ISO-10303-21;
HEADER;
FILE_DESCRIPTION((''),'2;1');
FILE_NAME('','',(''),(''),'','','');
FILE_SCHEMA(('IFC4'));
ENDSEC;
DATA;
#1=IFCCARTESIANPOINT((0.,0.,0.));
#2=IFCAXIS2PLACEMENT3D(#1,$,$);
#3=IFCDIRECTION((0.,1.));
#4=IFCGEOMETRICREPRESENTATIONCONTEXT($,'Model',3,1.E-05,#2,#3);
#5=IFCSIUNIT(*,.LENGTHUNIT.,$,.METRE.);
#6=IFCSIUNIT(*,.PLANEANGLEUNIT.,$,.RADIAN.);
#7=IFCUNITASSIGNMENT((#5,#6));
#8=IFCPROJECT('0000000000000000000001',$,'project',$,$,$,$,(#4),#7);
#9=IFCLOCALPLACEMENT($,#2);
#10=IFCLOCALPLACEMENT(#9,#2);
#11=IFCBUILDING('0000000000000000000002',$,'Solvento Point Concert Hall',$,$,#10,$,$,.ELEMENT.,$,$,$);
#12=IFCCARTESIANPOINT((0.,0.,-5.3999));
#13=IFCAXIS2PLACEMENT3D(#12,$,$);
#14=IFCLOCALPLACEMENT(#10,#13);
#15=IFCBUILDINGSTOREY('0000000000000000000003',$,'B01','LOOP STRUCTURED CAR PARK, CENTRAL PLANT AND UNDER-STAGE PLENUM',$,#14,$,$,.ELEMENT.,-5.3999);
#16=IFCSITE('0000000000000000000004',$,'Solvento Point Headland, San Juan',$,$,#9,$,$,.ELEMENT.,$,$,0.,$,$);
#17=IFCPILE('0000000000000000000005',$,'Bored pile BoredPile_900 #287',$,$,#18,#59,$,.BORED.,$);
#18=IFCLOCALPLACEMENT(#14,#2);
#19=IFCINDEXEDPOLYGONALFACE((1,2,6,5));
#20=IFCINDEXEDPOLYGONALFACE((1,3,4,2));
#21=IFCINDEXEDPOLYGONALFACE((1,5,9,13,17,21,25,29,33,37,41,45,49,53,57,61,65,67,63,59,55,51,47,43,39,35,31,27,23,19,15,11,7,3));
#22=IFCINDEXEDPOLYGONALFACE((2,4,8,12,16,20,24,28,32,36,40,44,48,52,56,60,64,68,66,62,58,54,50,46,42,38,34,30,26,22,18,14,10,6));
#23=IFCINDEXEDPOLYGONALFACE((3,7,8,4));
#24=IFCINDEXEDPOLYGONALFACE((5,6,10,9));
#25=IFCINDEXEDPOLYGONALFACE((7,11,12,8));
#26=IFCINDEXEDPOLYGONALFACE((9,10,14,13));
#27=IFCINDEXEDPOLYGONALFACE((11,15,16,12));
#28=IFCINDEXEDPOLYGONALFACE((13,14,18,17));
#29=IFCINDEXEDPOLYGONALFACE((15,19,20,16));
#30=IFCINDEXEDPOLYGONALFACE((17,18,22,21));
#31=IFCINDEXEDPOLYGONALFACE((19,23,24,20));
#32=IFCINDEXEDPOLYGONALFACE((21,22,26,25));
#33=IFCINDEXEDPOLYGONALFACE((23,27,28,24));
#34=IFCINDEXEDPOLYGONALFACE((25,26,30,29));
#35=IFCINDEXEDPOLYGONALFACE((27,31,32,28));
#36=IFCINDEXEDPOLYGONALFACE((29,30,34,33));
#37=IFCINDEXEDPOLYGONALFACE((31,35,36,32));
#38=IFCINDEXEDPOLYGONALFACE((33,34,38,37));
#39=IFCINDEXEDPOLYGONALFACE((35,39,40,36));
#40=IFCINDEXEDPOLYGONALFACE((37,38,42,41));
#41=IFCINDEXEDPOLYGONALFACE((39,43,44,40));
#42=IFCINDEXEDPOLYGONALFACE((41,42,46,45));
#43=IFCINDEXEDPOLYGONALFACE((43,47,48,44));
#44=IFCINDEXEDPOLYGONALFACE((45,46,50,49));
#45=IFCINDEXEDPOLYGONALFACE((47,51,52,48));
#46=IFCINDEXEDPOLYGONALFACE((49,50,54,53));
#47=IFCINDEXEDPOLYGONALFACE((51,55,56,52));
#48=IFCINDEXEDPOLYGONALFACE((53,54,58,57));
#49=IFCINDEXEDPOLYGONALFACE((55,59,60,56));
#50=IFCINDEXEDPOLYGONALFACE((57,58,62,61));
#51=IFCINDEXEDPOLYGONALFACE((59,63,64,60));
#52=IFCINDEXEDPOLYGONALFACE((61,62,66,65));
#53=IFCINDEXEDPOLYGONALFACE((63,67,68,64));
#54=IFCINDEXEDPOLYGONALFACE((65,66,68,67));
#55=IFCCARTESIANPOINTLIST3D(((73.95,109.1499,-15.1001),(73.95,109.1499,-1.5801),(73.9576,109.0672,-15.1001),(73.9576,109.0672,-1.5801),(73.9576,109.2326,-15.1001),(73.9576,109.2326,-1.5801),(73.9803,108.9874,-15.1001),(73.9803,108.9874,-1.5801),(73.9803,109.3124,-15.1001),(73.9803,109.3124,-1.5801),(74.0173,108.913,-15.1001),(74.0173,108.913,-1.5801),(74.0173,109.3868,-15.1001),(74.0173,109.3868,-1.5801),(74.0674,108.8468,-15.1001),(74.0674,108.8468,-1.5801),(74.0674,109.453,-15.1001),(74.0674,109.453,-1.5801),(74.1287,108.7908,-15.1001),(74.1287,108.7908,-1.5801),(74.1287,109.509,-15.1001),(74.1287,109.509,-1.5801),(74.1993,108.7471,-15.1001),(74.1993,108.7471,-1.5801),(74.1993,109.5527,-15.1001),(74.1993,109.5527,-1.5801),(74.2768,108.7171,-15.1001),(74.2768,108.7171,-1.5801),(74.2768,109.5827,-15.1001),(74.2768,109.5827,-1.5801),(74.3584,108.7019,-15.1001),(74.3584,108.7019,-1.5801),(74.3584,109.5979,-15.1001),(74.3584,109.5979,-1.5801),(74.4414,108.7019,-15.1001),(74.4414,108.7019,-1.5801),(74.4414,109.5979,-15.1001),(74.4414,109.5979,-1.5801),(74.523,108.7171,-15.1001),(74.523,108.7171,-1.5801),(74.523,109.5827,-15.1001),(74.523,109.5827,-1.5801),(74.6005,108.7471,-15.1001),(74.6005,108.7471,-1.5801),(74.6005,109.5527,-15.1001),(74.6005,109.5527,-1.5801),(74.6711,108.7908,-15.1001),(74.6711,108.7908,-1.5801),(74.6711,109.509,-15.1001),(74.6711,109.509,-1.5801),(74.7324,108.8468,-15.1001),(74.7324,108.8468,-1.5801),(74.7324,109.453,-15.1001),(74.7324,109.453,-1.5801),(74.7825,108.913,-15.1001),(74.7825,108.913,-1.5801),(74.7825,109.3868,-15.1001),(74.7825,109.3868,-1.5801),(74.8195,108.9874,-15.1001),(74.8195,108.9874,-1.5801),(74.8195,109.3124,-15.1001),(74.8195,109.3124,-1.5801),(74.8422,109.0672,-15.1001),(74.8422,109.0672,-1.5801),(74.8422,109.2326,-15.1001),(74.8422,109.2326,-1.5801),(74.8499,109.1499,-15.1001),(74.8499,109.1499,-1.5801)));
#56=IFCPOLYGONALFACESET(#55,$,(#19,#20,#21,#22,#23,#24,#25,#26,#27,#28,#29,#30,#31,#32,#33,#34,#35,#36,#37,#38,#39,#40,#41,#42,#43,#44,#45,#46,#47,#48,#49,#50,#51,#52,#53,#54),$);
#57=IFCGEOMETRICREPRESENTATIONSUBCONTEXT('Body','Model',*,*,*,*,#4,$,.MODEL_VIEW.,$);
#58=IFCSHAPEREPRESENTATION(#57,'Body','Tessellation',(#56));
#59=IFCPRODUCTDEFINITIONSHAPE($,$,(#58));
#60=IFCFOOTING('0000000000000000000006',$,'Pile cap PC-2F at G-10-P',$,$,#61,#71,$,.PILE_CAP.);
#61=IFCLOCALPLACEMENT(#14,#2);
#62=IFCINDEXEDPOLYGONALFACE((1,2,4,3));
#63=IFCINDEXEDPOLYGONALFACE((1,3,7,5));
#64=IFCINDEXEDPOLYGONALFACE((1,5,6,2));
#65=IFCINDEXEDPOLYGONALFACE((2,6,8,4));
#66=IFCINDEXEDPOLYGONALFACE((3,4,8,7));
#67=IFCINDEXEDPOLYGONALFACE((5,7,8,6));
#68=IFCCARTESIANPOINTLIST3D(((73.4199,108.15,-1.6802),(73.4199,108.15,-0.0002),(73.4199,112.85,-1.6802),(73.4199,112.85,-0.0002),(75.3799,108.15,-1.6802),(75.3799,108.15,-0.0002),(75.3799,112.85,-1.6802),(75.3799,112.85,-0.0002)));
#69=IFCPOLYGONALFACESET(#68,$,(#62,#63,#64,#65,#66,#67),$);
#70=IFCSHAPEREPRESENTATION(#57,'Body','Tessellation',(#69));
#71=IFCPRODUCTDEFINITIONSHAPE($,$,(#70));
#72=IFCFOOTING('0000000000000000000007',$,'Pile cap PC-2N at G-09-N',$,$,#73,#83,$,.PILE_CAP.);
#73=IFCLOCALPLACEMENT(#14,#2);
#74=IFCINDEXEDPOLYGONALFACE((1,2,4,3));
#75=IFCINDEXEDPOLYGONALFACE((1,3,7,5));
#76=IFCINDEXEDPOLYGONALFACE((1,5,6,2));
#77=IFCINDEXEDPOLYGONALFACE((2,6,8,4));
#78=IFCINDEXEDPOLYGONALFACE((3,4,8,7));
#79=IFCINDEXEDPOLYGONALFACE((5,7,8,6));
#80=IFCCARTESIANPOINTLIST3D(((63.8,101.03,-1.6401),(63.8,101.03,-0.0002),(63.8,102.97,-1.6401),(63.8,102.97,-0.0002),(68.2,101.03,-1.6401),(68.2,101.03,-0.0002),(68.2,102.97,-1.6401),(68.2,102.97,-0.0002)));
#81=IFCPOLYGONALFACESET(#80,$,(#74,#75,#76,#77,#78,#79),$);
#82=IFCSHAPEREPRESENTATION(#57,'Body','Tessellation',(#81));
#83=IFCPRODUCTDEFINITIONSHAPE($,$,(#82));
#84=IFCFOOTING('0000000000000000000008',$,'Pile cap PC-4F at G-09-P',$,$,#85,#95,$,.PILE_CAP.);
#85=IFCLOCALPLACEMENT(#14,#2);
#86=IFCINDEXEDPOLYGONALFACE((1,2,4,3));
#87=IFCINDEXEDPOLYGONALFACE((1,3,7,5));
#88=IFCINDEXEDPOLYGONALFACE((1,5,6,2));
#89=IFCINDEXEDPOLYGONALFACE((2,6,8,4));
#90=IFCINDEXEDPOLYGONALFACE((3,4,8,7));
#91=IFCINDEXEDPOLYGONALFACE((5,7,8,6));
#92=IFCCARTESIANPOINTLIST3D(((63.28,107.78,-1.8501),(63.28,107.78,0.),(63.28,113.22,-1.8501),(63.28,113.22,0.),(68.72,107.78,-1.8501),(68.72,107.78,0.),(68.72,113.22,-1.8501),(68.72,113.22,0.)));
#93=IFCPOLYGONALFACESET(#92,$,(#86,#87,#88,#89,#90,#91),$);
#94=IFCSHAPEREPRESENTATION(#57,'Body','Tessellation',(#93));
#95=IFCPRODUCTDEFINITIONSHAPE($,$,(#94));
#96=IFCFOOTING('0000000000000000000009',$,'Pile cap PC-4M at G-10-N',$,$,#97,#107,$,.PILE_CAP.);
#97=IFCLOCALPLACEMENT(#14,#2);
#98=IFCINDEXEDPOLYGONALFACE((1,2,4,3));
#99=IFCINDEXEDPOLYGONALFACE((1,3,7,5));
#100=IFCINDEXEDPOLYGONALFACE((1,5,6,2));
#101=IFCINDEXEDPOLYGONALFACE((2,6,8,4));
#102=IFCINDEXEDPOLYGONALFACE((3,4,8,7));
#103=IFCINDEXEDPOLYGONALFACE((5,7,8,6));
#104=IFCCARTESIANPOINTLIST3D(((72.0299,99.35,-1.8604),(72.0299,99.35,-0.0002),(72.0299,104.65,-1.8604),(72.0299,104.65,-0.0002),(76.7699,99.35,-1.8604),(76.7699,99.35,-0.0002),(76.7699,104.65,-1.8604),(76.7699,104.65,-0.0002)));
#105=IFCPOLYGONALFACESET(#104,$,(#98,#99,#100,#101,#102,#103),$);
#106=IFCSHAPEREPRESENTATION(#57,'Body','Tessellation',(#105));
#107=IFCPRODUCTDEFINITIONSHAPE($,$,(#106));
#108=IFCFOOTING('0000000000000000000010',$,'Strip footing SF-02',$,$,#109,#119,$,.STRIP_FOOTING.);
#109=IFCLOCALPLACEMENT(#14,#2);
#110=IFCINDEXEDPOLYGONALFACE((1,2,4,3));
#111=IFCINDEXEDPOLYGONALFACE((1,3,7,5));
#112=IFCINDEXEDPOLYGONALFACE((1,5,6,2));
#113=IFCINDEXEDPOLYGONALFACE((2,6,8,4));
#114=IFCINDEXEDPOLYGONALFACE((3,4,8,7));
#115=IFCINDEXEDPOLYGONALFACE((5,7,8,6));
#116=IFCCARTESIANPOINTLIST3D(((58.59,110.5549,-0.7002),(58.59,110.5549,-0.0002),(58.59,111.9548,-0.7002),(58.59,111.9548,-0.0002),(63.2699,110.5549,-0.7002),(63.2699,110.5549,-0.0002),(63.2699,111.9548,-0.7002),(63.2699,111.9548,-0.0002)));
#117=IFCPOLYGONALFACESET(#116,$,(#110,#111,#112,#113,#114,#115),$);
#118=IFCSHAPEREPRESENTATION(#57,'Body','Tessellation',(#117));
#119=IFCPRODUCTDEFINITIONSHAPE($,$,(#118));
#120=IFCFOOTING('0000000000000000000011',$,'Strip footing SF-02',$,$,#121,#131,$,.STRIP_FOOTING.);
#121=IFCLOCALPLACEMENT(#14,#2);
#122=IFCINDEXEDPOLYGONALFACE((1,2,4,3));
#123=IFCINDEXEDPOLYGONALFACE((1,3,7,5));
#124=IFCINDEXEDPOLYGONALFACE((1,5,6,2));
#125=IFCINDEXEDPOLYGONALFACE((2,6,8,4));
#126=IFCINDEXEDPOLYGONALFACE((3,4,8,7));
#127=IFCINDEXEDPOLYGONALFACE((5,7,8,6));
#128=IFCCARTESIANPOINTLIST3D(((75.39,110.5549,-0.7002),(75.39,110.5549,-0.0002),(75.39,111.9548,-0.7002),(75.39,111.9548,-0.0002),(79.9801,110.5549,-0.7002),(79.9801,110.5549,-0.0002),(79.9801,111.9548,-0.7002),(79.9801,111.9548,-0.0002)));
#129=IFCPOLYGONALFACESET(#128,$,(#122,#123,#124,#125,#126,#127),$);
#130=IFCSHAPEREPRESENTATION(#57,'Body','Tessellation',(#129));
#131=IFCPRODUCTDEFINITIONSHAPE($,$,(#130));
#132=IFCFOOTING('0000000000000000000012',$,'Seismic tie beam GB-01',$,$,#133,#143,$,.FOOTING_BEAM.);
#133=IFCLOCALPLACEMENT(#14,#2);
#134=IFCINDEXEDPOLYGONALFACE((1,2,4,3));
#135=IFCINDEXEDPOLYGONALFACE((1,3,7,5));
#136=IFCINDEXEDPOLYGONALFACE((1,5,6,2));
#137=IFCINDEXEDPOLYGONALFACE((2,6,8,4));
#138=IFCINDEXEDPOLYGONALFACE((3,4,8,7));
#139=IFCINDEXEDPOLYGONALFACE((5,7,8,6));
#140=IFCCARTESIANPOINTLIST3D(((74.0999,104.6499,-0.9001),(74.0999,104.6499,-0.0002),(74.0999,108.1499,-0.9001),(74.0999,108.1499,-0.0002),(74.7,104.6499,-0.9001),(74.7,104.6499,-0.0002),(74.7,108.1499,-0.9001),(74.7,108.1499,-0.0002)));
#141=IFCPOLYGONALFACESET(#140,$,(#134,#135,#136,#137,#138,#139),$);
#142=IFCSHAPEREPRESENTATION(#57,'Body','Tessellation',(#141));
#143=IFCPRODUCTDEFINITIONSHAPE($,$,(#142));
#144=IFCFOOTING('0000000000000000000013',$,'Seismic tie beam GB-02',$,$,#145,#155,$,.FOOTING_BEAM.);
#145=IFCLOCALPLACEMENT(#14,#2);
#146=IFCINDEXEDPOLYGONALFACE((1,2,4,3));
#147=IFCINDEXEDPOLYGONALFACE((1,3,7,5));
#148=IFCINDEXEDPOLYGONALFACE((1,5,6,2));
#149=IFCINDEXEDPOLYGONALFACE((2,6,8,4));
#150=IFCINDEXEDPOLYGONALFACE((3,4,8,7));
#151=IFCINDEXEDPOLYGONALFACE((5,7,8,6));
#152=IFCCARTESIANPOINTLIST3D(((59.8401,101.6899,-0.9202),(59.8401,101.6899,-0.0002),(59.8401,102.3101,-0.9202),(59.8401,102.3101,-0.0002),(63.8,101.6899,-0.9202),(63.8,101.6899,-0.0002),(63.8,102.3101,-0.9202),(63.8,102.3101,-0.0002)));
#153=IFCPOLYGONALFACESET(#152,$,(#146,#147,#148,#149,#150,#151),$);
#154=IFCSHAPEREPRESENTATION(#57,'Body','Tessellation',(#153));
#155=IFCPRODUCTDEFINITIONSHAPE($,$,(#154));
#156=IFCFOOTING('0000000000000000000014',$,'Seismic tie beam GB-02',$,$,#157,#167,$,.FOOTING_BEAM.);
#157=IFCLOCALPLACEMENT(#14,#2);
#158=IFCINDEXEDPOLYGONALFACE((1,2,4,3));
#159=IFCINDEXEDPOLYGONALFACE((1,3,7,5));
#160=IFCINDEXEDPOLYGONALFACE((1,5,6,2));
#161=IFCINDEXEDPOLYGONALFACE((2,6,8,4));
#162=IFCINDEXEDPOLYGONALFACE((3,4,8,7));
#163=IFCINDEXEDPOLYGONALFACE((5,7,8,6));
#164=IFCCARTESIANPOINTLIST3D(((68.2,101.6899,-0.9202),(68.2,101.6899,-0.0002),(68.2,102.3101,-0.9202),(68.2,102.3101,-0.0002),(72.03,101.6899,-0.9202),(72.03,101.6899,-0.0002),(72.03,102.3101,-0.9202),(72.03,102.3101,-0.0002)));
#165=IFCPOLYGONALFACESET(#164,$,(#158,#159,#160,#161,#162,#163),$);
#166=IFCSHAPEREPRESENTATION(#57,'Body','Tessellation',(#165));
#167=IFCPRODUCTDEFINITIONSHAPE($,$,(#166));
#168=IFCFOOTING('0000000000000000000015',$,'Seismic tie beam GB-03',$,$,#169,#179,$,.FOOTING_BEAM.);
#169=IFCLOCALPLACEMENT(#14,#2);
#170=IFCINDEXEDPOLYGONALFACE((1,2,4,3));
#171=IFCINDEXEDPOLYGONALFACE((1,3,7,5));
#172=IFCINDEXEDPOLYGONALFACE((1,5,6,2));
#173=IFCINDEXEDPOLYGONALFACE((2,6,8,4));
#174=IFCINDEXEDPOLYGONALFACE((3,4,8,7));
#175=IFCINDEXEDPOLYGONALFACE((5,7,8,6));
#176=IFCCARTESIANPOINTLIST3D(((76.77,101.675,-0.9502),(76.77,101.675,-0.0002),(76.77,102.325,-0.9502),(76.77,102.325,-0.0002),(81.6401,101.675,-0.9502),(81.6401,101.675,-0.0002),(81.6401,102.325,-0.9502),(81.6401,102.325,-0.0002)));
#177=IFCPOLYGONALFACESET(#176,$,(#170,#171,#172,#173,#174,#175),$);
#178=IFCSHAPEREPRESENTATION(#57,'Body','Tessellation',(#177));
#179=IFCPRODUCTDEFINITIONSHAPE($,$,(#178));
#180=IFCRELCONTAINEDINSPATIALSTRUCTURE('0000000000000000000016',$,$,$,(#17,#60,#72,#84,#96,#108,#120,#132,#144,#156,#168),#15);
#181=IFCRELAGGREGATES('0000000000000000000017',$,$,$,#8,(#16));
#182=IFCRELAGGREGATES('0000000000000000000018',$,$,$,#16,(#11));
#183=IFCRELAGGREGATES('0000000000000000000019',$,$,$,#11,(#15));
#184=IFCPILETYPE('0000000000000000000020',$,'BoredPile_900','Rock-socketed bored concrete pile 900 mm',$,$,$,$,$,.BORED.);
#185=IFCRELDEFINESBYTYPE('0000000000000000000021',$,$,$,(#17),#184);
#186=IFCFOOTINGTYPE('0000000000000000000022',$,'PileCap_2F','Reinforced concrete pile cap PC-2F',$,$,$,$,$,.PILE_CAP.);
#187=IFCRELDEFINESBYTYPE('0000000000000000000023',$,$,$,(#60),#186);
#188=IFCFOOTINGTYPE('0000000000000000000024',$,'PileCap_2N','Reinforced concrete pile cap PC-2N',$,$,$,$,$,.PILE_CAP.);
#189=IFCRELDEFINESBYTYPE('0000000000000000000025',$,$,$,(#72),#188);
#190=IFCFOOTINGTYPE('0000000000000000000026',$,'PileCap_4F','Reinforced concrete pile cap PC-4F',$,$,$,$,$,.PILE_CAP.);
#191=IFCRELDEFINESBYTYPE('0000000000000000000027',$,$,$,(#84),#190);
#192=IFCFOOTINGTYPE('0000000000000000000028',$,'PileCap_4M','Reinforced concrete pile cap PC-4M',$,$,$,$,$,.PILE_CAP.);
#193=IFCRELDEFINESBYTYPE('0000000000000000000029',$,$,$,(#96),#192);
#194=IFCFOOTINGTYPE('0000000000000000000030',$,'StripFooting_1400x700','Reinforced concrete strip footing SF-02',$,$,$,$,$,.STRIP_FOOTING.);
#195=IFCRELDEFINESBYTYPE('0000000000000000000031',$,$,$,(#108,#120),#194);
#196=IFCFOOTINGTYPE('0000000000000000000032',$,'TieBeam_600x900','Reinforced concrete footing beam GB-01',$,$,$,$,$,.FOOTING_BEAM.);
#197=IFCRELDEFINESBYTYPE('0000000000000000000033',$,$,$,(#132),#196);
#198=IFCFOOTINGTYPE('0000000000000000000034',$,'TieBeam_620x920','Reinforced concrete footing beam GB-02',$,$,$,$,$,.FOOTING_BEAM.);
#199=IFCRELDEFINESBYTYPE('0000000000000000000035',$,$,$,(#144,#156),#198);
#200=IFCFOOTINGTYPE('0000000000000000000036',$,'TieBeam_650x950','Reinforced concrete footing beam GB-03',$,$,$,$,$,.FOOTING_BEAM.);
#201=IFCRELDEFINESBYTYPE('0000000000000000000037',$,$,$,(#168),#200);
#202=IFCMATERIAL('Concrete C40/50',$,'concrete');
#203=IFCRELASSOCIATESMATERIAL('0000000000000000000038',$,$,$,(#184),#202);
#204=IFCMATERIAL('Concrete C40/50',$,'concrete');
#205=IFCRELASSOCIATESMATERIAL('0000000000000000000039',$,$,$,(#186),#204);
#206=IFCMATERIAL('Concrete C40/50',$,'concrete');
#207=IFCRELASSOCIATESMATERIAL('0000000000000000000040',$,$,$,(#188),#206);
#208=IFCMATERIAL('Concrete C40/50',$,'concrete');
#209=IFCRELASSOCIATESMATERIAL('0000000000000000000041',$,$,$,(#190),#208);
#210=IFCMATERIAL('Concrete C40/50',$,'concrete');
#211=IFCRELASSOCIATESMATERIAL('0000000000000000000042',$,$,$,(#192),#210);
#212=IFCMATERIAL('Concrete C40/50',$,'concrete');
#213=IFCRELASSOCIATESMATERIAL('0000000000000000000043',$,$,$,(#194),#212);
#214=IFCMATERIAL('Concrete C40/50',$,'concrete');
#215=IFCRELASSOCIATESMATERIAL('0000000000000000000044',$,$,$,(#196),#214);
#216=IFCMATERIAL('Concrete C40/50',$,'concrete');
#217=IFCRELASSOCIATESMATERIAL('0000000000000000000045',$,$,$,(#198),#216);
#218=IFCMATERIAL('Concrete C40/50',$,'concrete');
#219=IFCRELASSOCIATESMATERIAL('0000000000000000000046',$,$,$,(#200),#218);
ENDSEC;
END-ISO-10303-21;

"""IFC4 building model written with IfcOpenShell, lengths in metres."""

from ifc_helpers import new_model, si_unit, direction, frame, origin, origin_2d, place, context, subcontext, project, spatial, rectangle, circle, extrude, material, material_profile, profile_set, type_object, element, save


model = new_model("IFC4")

# Units and contexts
model_context = context("Model", 3, precision=1e-05, world=origin(), true_north=direction((0.0, 1.0)))
body_context = subcontext(model_context, "Body", "Model", "MODEL_VIEW")
ifc_project = project(units=[si_unit("LENGTHUNIT", "METRE"), si_unit("PLANEANGLEUNIT", "RADIAN")], contexts=[model_context])

# Site, building, storey
site_placement = place(None, origin())
site = spatial("IfcSite", under=ifc_project, at=site_placement, Name="Solvento Point Headland, San Juan", CompositionType="ELEMENT", RefElevation=0.0)
building_placement = place(site_placement, origin())
building = spatial("IfcBuilding", under=site, at=building_placement, Name="Solvento Point Concert Hall", CompositionType="ELEMENT")
storey_placement = place(building_placement, frame((0.0, 0.0, -5.3999)))
storey = spatial("IfcBuildingStorey", under=building, at=storey_placement, Name="B01", Description="LOOP STRUCTURED CAR PARK, CENTRAL PLANT AND UNDER-STAGE PLENUM", CompositionType="ELEMENT", Elevation=-5.3999)

# Pile
ifc_material_1 = material(Name="Concrete C40/50", Category="concrete")
ifc_material_profile_1 = material_profile(ifc_material_1, circle(Radius=0.45, at=origin_2d()), Name="BP-900")
ifc_profile_set_1 = profile_set([ifc_material_profile_1], Name="Concrete C40/50")
pile_type_1 = type_object("IfcPileType", Name="BoredPile_900", Description="Rock-socketed bored concrete pile 900 mm", PredefinedType="BORED", material=ifc_profile_set_1)
pile_1_placement = place(storey_placement, frame((74.3999, 109.1499, -1.5801), z_axis=(0.0, 0.0, -1.0), x_axis=(1.0, 0.0, 0.0)))
element("IfcPile", 1, at=pile_1_placement, inside=storey, type_object=pile_type_1, Name="Bored pile BoredPile_900 #287", PredefinedType="BORED", context=body_context, shape_type="SweptSolid", body=[
    extrude(circle(Radius=0.45, at=origin_2d()), origin(), (0.0, 0.0, 1.0), 13.52),
])

# Footings
ifc_material_2 = material(Name="Concrete C40/50", Category="concrete")
footing_type_1 = type_object("IfcFootingType", Name="PileCap_2F", Description="Reinforced concrete pile cap PC-2F", PredefinedType="PILE_CAP", material=ifc_material_2)
footing_1_placement = place(storey_placement, frame((74.3999, 110.5, -1.6802), z_axis=(0.0, 0.0, 1.0), x_axis=(1.0, 0.0, 0.0)))
element("IfcFooting", 2, at=footing_1_placement, inside=storey, type_object=footing_type_1, Name="Pile cap PC-2F at G-10-P", PredefinedType="PILE_CAP", context=body_context, shape_type="SweptSolid", body=[
    extrude(rectangle(XDim=1.96, YDim=4.7, at=origin_2d()), origin(), (0.0, 0.0, 1.0), 1.6799),
])
ifc_material_3 = material(Name="Concrete C40/50", Category="concrete")
footing_type_2 = type_object("IfcFootingType", Name="PileCap_2N", Description="Reinforced concrete pile cap PC-2N", PredefinedType="PILE_CAP", material=ifc_material_3)
footing_2_placement = place(storey_placement, frame((66.0, 102.0, -1.6401), z_axis=(0.0, 0.0, 1.0), x_axis=(1.0, 0.0, 0.0)))
element("IfcFooting", 3, at=footing_2_placement, inside=storey, type_object=footing_type_2, Name="Pile cap PC-2N at G-09-N", PredefinedType="PILE_CAP", context=body_context, shape_type="SweptSolid", body=[
    extrude(rectangle(XDim=4.3999, YDim=1.9399, at=origin_2d()), origin(), (0.0, 0.0, 1.0), 1.6399),
])
ifc_material_4 = material(Name="Concrete C40/50", Category="concrete")
footing_type_3 = type_object("IfcFootingType", Name="PileCap_4F", Description="Reinforced concrete pile cap PC-4F", PredefinedType="PILE_CAP", material=ifc_material_4)
footing_3_placement = place(storey_placement, frame((66.0, 110.5, -1.8501), z_axis=(0.0, 0.0, 1.0), x_axis=(1.0, 0.0, 0.0)))
element("IfcFooting", 4, at=footing_3_placement, inside=storey, type_object=footing_type_3, Name="Pile cap PC-4F at G-09-P", PredefinedType="PILE_CAP", context=body_context, shape_type="SweptSolid", body=[
    extrude(rectangle(XDim=5.4399, YDim=5.4399, at=origin_2d()), origin(), (0.0, 0.0, 1.0), 1.8501),
])
ifc_material_5 = material(Name="Concrete C40/50", Category="concrete")
footing_type_4 = type_object("IfcFootingType", Name="PileCap_4M", Description="Reinforced concrete pile cap PC-4M", PredefinedType="PILE_CAP", material=ifc_material_5)
footing_4_placement = place(storey_placement, frame((74.3999, 102.0, -1.8604), z_axis=(0.0, 0.0, 1.0), x_axis=(1.0, 0.0, 0.0)))
element("IfcFooting", 5, at=footing_4_placement, inside=storey, type_object=footing_type_4, Name="Pile cap PC-4M at G-10-N", PredefinedType="PILE_CAP", context=body_context, shape_type="SweptSolid", body=[
    extrude(rectangle(XDim=4.74, YDim=5.3, at=origin_2d()), origin(), (0.0, 0.0, 1.0), 1.8601),
])
ifc_material_6 = material(Name="Concrete C40/50", Category="concrete")
footing_type_5 = type_object("IfcFootingType", Name="StripFooting_1400x700", Description="Reinforced concrete strip footing SF-02", PredefinedType="STRIP_FOOTING", material=ifc_material_6)
footing_5_placement = place(storey_placement, frame((60.9299, 111.2549, -0.7002), z_axis=(0.0, 0.0, 1.0), x_axis=(1.0, 0.0, 0.0)))
element("IfcFooting", 6, at=footing_5_placement, inside=storey, type_object=footing_type_5, Name="Strip footing SF-02", PredefinedType="STRIP_FOOTING", context=body_context, shape_type="SweptSolid", body=[
    extrude(rectangle(XDim=4.6799, YDim=1.3999, at=origin_2d()), origin(), (0.0, 0.0, 1.0), 0.7),
])
footing_6_placement = place(storey_placement, frame((77.6851, 111.2549, -0.7002), z_axis=(0.0, 0.0, 1.0), x_axis=(1.0, 0.0, 0.0)))
element("IfcFooting", 7, at=footing_6_placement, inside=storey, type_object=footing_type_5, Name="Strip footing SF-02", PredefinedType="STRIP_FOOTING", context=body_context, shape_type="SweptSolid", body=[
    extrude(rectangle(XDim=4.5901, YDim=1.3999, at=origin_2d()), origin(), (0.0, 0.0, 1.0), 0.7),
])
ifc_material_7 = material(Name="Concrete C40/50", Category="concrete")
footing_type_6 = type_object("IfcFootingType", Name="TieBeam_600x900", Description="Reinforced concrete footing beam GB-01", PredefinedType="FOOTING_BEAM", material=ifc_material_7)
footing_7_placement = place(storey_placement, frame((74.3999, 106.3999, -0.9001), z_axis=(0.0, 0.0, 1.0), x_axis=(0.0, 1.0, 0.0)))
element("IfcFooting", 8, at=footing_7_placement, inside=storey, type_object=footing_type_6, Name="Seismic tie beam GB-01", PredefinedType="FOOTING_BEAM", context=body_context, shape_type="SweptSolid", body=[
    extrude(rectangle(XDim=3.5, YDim=0.6001, at=origin_2d()), origin(), (0.0, 0.0, 1.0), 0.8999),
])
ifc_material_8 = material(Name="Concrete C40/50", Category="concrete")
footing_type_7 = type_object("IfcFootingType", Name="TieBeam_620x920", Description="Reinforced concrete footing beam GB-02", PredefinedType="FOOTING_BEAM", material=ifc_material_8)
footing_8_placement = place(storey_placement, frame((61.8201, 102.0, -0.9202), z_axis=(0.0, 0.0, 1.0), x_axis=(1.0, 0.0, 0.0)))
element("IfcFooting", 9, at=footing_8_placement, inside=storey, type_object=footing_type_7, Name="Seismic tie beam GB-02", PredefinedType="FOOTING_BEAM", context=body_context, shape_type="SweptSolid", body=[
    extrude(rectangle(XDim=3.96, YDim=0.6201, at=origin_2d()), origin(), (0.0, 0.0, 1.0), 0.9199),
])
footing_9_placement = place(storey_placement, frame((70.115, 102.0, -0.9202), z_axis=(0.0, 0.0, 1.0), x_axis=(1.0, 0.0, 0.0)))
element("IfcFooting", 10, at=footing_9_placement, inside=storey, type_object=footing_type_7, Name="Seismic tie beam GB-02", PredefinedType="FOOTING_BEAM", context=body_context, shape_type="SweptSolid", body=[
    extrude(rectangle(XDim=3.8301, YDim=0.6201, at=origin_2d()), origin(), (0.0, 0.0, 1.0), 0.9199),
])
ifc_material_9 = material(Name="Concrete C40/50", Category="concrete")
footing_type_8 = type_object("IfcFootingType", Name="TieBeam_650x950", Description="Reinforced concrete footing beam GB-03", PredefinedType="FOOTING_BEAM", material=ifc_material_9)
footing_10_placement = place(storey_placement, frame((79.2051, 102.0, -0.9502), z_axis=(0.0, 0.0, 1.0), x_axis=(1.0, 0.0, 0.0)))
element("IfcFooting", 11, at=footing_10_placement, inside=storey, type_object=footing_type_8, Name="Seismic tie beam GB-03", PredefinedType="FOOTING_BEAM", context=body_context, shape_type="SweptSolid", body=[
    extrude(rectangle(XDim=4.8701, YDim=0.6499, at=origin_2d()), origin(), (0.0, 0.0, 1.0), 0.95),
])

save(model, "model.ifc")
